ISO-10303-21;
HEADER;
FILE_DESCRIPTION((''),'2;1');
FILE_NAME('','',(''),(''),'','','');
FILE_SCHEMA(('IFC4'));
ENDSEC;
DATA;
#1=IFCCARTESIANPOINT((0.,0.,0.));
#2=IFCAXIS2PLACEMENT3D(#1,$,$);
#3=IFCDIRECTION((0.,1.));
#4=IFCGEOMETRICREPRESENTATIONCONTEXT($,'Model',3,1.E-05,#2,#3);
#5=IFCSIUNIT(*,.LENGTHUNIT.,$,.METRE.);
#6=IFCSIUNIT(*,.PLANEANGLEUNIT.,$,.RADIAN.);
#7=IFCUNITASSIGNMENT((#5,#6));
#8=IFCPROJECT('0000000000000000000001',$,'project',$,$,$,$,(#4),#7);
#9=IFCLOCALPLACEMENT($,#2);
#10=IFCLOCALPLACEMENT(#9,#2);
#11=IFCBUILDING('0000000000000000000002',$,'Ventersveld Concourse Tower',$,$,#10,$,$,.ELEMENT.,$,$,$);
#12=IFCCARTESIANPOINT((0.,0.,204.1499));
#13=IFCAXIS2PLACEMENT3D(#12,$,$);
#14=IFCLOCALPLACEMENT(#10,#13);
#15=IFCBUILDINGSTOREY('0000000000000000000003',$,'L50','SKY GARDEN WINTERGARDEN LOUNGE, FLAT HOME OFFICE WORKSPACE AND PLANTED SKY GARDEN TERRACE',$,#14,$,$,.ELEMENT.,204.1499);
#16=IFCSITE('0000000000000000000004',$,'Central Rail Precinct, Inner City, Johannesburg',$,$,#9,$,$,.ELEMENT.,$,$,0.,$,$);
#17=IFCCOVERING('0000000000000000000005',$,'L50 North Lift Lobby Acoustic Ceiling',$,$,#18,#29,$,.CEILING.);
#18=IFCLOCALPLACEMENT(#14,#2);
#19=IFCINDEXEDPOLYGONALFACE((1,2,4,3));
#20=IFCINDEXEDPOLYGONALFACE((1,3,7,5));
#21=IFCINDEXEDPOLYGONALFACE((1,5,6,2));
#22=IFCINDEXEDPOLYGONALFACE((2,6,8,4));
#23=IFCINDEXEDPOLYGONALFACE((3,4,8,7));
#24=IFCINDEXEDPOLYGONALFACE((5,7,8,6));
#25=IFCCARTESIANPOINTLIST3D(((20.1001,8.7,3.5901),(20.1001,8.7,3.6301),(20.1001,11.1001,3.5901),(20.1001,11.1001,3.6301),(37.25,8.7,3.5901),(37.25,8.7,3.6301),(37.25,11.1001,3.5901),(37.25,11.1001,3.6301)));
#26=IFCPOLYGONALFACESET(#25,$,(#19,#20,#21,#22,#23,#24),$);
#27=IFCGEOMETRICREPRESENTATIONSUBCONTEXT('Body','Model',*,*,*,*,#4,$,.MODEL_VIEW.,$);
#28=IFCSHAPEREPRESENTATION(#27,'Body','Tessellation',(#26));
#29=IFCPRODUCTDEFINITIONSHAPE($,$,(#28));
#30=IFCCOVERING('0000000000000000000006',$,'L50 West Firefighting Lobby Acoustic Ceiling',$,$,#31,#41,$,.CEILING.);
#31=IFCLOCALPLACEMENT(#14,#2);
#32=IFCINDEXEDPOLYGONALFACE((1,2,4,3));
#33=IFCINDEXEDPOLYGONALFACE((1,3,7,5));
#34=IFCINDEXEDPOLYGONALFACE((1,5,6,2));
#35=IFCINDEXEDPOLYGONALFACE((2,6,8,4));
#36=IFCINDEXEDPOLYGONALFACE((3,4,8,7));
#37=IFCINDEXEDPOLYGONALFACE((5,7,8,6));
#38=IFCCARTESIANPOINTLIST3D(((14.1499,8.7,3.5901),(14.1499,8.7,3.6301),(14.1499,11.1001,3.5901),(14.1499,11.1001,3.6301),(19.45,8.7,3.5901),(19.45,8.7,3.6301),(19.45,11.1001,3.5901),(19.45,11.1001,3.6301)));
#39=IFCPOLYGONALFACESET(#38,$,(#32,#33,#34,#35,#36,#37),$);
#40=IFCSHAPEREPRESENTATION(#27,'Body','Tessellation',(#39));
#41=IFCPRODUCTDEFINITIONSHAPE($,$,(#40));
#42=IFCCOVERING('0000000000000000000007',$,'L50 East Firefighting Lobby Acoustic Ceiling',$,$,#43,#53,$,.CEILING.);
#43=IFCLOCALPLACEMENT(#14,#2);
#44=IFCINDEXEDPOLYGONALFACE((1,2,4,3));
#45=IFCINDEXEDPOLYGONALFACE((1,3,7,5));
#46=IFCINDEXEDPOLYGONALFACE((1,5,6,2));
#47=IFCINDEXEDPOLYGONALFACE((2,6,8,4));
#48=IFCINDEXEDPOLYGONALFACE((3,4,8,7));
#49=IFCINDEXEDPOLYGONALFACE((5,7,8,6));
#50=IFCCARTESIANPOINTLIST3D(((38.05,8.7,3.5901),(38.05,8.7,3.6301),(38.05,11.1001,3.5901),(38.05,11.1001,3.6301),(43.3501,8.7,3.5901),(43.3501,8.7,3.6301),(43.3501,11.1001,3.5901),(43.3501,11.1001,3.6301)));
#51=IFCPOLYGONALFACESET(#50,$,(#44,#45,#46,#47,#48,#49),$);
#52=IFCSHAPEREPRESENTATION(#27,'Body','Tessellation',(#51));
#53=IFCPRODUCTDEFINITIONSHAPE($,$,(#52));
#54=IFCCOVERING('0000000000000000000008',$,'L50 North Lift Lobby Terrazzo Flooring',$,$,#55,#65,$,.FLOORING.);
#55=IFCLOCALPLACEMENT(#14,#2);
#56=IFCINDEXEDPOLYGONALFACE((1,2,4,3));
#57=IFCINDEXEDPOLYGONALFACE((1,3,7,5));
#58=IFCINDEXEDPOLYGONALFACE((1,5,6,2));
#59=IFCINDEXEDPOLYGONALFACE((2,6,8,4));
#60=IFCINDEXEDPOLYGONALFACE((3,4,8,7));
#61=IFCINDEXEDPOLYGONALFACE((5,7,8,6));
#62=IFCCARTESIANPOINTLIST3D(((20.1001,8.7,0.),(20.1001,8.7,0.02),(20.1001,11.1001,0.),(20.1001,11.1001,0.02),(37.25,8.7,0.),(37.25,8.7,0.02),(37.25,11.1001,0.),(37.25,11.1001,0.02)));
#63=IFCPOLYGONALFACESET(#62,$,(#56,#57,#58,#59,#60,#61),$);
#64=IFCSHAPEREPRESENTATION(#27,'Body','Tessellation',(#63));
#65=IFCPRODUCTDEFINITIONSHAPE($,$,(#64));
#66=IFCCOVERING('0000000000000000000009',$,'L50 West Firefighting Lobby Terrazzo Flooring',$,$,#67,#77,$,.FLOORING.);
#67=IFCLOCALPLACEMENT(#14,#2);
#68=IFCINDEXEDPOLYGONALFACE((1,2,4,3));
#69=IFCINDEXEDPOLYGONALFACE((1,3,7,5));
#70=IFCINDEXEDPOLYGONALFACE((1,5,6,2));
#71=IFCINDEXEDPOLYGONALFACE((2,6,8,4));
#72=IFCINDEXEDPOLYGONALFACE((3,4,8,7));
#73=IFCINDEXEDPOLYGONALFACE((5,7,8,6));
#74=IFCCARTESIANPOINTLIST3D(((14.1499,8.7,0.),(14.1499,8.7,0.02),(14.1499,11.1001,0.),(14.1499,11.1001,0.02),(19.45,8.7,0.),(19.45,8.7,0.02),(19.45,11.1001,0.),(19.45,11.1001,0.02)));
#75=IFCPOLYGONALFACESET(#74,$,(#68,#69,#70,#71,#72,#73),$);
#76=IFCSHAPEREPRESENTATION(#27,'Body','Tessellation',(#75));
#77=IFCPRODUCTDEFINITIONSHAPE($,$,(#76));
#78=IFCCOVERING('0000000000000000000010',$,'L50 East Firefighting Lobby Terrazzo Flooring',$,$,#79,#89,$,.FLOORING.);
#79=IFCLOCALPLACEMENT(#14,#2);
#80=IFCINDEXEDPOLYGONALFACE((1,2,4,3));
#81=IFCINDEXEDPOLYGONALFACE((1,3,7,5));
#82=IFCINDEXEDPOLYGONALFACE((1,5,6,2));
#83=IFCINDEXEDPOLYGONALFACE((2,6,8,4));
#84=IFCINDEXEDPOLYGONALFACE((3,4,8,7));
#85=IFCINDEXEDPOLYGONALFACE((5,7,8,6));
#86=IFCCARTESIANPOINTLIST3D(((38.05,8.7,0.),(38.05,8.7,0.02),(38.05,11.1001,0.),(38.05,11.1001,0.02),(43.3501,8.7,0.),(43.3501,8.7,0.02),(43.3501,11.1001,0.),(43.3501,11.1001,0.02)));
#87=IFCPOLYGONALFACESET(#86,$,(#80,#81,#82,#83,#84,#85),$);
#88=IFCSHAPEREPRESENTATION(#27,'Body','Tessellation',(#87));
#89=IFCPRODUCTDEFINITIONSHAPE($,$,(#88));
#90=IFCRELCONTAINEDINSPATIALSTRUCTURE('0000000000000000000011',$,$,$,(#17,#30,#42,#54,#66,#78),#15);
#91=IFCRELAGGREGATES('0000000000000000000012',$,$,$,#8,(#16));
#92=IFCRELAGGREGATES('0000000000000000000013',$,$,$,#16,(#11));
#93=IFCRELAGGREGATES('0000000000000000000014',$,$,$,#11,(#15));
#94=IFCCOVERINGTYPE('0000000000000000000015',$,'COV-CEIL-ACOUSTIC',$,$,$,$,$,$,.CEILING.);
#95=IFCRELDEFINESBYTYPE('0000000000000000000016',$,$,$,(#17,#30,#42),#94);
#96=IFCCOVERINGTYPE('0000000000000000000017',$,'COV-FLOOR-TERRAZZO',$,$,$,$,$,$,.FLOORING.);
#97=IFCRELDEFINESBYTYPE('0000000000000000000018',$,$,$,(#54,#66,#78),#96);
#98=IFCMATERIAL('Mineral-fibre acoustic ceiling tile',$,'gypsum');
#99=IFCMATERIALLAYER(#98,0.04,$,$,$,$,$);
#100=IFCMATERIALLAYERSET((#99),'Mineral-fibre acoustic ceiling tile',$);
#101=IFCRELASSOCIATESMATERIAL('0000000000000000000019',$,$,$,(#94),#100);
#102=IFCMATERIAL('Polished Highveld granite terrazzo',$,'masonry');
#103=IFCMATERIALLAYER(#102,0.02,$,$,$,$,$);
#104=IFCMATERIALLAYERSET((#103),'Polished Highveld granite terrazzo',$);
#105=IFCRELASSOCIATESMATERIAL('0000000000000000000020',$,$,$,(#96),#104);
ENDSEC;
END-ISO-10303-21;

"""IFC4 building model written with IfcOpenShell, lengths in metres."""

from ifc_helpers import new_model, si_unit, direction, frame, origin, place, context, subcontext, project, spatial, polyline, outline, extrude, material, layer, layer_set, type_object, element, save


model = new_model("IFC4")

# Units and contexts
model_context = context("Model", 3, precision=1e-05, world=origin(), true_north=direction((0.0, 1.0)))
body_context = subcontext(model_context, "Body", "Model", "MODEL_VIEW")
ifc_project = project(units=[si_unit("LENGTHUNIT", "METRE"), si_unit("PLANEANGLEUNIT", "RADIAN")], contexts=[model_context])

# Site, building, storey
site_placement = place(None, origin())
site = spatial("IfcSite", under=ifc_project, at=site_placement, Name="Central Rail Precinct, Inner City, Johannesburg", CompositionType="ELEMENT", RefElevation=0.0)
building_placement = place(site_placement, origin())
building = spatial("IfcBuilding", under=site, at=building_placement, Name="Ventersveld Concourse Tower", CompositionType="ELEMENT")
storey_placement = place(building_placement, frame((0.0, 0.0, 204.1499)))
storey = spatial("IfcBuildingStorey", under=building, at=storey_placement, Name="L50", Description="SKY GARDEN WINTERGARDEN LOUNGE, FLAT HOME OFFICE WORKSPACE AND PLANTED SKY GARDEN TERRACE", CompositionType="ELEMENT", Elevation=204.1499)

# Coverings
ifc_material_1 = material(Name="Mineral-fibre acoustic ceiling tile", Category="gypsum")
ifc_layer_1 = layer(ifc_material_1, 0.04)
ifc_layer_set_1 = layer_set([ifc_layer_1], Name="Mineral-fibre acoustic ceiling tile")
covering_type_1 = type_object("IfcCoveringType", Name="COV-CEIL-ACOUSTIC", PredefinedType="CEILING", material=ifc_layer_set_1)
covering_1_placement = place(storey_placement, frame((0.0, 0.0, 3.5901)))
element("IfcCovering", 1, at=covering_1_placement, inside=storey, type_object=covering_type_1, Name="L50 North Lift Lobby Acoustic Ceiling", PredefinedType="CEILING", context=body_context, shape_type="SweptSolid", body=[
    extrude(outline(polyline([(20.1001, 8.7), (37.25, 8.7), (37.25, 11.1001), (20.1001, 11.1001), (20.1001, 8.7)])), origin(), (0.0, 0.0, 1.0), 0.04),
])
covering_2_placement = place(storey_placement, frame((0.0, 0.0, 3.5901)))
element("IfcCovering", 2, at=covering_2_placement, inside=storey, type_object=covering_type_1, Name="L50 West Firefighting Lobby Acoustic Ceiling", PredefinedType="CEILING", context=body_context, shape_type="SweptSolid", body=[
    extrude(outline(polyline([(14.1499, 8.7), (19.45, 8.7), (19.45, 11.1001), (14.1499, 11.1001), (14.1499, 8.7)])), origin(), (0.0, 0.0, 1.0), 0.04),
])
covering_3_placement = place(storey_placement, frame((0.0, 0.0, 3.5901)))
element("IfcCovering", 3, at=covering_3_placement, inside=storey, type_object=covering_type_1, Name="L50 East Firefighting Lobby Acoustic Ceiling", PredefinedType="CEILING", context=body_context, shape_type="SweptSolid", body=[
    extrude(outline(polyline([(38.05, 8.7), (43.3501, 8.7), (43.3501, 11.1001), (38.05, 11.1001), (38.05, 8.7)])), origin(), (0.0, 0.0, 1.0), 0.04),
])
ifc_material_2 = material(Name="Polished Highveld granite terrazzo", Category="masonry")
ifc_layer_2 = layer(ifc_material_2, 0.02)
ifc_layer_set_2 = layer_set([ifc_layer_2], Name="Polished Highveld granite terrazzo")
covering_type_2 = type_object("IfcCoveringType", Name="COV-FLOOR-TERRAZZO", PredefinedType="FLOORING", material=ifc_layer_set_2)
covering_4_placement = place(storey_placement, origin())
element("IfcCovering", 4, at=covering_4_placement, inside=storey, type_object=covering_type_2, Name="L50 North Lift Lobby Terrazzo Flooring", PredefinedType="FLOORING", context=body_context, shape_type="SweptSolid", body=[
    extrude(outline(polyline([(20.1001, 8.7), (37.25, 8.7), (37.25, 11.1001), (20.1001, 11.1001), (20.1001, 8.7)])), origin(), (0.0, 0.0, 1.0), 0.02),
])
covering_5_placement = place(storey_placement, origin())
element("IfcCovering", 5, at=covering_5_placement, inside=storey, type_object=covering_type_2, Name="L50 West Firefighting Lobby Terrazzo Flooring", PredefinedType="FLOORING", context=body_context, shape_type="SweptSolid", body=[
    extrude(outline(polyline([(14.1499, 8.7), (19.45, 8.7), (19.45, 11.1001), (14.1499, 11.1001), (14.1499, 8.7)])), origin(), (0.0, 0.0, 1.0), 0.02),
])
covering_6_placement = place(storey_placement, origin())
element("IfcCovering", 6, at=covering_6_placement, inside=storey, type_object=covering_type_2, Name="L50 East Firefighting Lobby Terrazzo Flooring", PredefinedType="FLOORING", context=body_context, shape_type="SweptSolid", body=[
    extrude(outline(polyline([(38.05, 8.7), (43.3501, 8.7), (43.3501, 11.1001), (38.05, 11.1001), (38.05, 8.7)])), origin(), (0.0, 0.0, 1.0), 0.02),
])

save(model, "model.ifc")
